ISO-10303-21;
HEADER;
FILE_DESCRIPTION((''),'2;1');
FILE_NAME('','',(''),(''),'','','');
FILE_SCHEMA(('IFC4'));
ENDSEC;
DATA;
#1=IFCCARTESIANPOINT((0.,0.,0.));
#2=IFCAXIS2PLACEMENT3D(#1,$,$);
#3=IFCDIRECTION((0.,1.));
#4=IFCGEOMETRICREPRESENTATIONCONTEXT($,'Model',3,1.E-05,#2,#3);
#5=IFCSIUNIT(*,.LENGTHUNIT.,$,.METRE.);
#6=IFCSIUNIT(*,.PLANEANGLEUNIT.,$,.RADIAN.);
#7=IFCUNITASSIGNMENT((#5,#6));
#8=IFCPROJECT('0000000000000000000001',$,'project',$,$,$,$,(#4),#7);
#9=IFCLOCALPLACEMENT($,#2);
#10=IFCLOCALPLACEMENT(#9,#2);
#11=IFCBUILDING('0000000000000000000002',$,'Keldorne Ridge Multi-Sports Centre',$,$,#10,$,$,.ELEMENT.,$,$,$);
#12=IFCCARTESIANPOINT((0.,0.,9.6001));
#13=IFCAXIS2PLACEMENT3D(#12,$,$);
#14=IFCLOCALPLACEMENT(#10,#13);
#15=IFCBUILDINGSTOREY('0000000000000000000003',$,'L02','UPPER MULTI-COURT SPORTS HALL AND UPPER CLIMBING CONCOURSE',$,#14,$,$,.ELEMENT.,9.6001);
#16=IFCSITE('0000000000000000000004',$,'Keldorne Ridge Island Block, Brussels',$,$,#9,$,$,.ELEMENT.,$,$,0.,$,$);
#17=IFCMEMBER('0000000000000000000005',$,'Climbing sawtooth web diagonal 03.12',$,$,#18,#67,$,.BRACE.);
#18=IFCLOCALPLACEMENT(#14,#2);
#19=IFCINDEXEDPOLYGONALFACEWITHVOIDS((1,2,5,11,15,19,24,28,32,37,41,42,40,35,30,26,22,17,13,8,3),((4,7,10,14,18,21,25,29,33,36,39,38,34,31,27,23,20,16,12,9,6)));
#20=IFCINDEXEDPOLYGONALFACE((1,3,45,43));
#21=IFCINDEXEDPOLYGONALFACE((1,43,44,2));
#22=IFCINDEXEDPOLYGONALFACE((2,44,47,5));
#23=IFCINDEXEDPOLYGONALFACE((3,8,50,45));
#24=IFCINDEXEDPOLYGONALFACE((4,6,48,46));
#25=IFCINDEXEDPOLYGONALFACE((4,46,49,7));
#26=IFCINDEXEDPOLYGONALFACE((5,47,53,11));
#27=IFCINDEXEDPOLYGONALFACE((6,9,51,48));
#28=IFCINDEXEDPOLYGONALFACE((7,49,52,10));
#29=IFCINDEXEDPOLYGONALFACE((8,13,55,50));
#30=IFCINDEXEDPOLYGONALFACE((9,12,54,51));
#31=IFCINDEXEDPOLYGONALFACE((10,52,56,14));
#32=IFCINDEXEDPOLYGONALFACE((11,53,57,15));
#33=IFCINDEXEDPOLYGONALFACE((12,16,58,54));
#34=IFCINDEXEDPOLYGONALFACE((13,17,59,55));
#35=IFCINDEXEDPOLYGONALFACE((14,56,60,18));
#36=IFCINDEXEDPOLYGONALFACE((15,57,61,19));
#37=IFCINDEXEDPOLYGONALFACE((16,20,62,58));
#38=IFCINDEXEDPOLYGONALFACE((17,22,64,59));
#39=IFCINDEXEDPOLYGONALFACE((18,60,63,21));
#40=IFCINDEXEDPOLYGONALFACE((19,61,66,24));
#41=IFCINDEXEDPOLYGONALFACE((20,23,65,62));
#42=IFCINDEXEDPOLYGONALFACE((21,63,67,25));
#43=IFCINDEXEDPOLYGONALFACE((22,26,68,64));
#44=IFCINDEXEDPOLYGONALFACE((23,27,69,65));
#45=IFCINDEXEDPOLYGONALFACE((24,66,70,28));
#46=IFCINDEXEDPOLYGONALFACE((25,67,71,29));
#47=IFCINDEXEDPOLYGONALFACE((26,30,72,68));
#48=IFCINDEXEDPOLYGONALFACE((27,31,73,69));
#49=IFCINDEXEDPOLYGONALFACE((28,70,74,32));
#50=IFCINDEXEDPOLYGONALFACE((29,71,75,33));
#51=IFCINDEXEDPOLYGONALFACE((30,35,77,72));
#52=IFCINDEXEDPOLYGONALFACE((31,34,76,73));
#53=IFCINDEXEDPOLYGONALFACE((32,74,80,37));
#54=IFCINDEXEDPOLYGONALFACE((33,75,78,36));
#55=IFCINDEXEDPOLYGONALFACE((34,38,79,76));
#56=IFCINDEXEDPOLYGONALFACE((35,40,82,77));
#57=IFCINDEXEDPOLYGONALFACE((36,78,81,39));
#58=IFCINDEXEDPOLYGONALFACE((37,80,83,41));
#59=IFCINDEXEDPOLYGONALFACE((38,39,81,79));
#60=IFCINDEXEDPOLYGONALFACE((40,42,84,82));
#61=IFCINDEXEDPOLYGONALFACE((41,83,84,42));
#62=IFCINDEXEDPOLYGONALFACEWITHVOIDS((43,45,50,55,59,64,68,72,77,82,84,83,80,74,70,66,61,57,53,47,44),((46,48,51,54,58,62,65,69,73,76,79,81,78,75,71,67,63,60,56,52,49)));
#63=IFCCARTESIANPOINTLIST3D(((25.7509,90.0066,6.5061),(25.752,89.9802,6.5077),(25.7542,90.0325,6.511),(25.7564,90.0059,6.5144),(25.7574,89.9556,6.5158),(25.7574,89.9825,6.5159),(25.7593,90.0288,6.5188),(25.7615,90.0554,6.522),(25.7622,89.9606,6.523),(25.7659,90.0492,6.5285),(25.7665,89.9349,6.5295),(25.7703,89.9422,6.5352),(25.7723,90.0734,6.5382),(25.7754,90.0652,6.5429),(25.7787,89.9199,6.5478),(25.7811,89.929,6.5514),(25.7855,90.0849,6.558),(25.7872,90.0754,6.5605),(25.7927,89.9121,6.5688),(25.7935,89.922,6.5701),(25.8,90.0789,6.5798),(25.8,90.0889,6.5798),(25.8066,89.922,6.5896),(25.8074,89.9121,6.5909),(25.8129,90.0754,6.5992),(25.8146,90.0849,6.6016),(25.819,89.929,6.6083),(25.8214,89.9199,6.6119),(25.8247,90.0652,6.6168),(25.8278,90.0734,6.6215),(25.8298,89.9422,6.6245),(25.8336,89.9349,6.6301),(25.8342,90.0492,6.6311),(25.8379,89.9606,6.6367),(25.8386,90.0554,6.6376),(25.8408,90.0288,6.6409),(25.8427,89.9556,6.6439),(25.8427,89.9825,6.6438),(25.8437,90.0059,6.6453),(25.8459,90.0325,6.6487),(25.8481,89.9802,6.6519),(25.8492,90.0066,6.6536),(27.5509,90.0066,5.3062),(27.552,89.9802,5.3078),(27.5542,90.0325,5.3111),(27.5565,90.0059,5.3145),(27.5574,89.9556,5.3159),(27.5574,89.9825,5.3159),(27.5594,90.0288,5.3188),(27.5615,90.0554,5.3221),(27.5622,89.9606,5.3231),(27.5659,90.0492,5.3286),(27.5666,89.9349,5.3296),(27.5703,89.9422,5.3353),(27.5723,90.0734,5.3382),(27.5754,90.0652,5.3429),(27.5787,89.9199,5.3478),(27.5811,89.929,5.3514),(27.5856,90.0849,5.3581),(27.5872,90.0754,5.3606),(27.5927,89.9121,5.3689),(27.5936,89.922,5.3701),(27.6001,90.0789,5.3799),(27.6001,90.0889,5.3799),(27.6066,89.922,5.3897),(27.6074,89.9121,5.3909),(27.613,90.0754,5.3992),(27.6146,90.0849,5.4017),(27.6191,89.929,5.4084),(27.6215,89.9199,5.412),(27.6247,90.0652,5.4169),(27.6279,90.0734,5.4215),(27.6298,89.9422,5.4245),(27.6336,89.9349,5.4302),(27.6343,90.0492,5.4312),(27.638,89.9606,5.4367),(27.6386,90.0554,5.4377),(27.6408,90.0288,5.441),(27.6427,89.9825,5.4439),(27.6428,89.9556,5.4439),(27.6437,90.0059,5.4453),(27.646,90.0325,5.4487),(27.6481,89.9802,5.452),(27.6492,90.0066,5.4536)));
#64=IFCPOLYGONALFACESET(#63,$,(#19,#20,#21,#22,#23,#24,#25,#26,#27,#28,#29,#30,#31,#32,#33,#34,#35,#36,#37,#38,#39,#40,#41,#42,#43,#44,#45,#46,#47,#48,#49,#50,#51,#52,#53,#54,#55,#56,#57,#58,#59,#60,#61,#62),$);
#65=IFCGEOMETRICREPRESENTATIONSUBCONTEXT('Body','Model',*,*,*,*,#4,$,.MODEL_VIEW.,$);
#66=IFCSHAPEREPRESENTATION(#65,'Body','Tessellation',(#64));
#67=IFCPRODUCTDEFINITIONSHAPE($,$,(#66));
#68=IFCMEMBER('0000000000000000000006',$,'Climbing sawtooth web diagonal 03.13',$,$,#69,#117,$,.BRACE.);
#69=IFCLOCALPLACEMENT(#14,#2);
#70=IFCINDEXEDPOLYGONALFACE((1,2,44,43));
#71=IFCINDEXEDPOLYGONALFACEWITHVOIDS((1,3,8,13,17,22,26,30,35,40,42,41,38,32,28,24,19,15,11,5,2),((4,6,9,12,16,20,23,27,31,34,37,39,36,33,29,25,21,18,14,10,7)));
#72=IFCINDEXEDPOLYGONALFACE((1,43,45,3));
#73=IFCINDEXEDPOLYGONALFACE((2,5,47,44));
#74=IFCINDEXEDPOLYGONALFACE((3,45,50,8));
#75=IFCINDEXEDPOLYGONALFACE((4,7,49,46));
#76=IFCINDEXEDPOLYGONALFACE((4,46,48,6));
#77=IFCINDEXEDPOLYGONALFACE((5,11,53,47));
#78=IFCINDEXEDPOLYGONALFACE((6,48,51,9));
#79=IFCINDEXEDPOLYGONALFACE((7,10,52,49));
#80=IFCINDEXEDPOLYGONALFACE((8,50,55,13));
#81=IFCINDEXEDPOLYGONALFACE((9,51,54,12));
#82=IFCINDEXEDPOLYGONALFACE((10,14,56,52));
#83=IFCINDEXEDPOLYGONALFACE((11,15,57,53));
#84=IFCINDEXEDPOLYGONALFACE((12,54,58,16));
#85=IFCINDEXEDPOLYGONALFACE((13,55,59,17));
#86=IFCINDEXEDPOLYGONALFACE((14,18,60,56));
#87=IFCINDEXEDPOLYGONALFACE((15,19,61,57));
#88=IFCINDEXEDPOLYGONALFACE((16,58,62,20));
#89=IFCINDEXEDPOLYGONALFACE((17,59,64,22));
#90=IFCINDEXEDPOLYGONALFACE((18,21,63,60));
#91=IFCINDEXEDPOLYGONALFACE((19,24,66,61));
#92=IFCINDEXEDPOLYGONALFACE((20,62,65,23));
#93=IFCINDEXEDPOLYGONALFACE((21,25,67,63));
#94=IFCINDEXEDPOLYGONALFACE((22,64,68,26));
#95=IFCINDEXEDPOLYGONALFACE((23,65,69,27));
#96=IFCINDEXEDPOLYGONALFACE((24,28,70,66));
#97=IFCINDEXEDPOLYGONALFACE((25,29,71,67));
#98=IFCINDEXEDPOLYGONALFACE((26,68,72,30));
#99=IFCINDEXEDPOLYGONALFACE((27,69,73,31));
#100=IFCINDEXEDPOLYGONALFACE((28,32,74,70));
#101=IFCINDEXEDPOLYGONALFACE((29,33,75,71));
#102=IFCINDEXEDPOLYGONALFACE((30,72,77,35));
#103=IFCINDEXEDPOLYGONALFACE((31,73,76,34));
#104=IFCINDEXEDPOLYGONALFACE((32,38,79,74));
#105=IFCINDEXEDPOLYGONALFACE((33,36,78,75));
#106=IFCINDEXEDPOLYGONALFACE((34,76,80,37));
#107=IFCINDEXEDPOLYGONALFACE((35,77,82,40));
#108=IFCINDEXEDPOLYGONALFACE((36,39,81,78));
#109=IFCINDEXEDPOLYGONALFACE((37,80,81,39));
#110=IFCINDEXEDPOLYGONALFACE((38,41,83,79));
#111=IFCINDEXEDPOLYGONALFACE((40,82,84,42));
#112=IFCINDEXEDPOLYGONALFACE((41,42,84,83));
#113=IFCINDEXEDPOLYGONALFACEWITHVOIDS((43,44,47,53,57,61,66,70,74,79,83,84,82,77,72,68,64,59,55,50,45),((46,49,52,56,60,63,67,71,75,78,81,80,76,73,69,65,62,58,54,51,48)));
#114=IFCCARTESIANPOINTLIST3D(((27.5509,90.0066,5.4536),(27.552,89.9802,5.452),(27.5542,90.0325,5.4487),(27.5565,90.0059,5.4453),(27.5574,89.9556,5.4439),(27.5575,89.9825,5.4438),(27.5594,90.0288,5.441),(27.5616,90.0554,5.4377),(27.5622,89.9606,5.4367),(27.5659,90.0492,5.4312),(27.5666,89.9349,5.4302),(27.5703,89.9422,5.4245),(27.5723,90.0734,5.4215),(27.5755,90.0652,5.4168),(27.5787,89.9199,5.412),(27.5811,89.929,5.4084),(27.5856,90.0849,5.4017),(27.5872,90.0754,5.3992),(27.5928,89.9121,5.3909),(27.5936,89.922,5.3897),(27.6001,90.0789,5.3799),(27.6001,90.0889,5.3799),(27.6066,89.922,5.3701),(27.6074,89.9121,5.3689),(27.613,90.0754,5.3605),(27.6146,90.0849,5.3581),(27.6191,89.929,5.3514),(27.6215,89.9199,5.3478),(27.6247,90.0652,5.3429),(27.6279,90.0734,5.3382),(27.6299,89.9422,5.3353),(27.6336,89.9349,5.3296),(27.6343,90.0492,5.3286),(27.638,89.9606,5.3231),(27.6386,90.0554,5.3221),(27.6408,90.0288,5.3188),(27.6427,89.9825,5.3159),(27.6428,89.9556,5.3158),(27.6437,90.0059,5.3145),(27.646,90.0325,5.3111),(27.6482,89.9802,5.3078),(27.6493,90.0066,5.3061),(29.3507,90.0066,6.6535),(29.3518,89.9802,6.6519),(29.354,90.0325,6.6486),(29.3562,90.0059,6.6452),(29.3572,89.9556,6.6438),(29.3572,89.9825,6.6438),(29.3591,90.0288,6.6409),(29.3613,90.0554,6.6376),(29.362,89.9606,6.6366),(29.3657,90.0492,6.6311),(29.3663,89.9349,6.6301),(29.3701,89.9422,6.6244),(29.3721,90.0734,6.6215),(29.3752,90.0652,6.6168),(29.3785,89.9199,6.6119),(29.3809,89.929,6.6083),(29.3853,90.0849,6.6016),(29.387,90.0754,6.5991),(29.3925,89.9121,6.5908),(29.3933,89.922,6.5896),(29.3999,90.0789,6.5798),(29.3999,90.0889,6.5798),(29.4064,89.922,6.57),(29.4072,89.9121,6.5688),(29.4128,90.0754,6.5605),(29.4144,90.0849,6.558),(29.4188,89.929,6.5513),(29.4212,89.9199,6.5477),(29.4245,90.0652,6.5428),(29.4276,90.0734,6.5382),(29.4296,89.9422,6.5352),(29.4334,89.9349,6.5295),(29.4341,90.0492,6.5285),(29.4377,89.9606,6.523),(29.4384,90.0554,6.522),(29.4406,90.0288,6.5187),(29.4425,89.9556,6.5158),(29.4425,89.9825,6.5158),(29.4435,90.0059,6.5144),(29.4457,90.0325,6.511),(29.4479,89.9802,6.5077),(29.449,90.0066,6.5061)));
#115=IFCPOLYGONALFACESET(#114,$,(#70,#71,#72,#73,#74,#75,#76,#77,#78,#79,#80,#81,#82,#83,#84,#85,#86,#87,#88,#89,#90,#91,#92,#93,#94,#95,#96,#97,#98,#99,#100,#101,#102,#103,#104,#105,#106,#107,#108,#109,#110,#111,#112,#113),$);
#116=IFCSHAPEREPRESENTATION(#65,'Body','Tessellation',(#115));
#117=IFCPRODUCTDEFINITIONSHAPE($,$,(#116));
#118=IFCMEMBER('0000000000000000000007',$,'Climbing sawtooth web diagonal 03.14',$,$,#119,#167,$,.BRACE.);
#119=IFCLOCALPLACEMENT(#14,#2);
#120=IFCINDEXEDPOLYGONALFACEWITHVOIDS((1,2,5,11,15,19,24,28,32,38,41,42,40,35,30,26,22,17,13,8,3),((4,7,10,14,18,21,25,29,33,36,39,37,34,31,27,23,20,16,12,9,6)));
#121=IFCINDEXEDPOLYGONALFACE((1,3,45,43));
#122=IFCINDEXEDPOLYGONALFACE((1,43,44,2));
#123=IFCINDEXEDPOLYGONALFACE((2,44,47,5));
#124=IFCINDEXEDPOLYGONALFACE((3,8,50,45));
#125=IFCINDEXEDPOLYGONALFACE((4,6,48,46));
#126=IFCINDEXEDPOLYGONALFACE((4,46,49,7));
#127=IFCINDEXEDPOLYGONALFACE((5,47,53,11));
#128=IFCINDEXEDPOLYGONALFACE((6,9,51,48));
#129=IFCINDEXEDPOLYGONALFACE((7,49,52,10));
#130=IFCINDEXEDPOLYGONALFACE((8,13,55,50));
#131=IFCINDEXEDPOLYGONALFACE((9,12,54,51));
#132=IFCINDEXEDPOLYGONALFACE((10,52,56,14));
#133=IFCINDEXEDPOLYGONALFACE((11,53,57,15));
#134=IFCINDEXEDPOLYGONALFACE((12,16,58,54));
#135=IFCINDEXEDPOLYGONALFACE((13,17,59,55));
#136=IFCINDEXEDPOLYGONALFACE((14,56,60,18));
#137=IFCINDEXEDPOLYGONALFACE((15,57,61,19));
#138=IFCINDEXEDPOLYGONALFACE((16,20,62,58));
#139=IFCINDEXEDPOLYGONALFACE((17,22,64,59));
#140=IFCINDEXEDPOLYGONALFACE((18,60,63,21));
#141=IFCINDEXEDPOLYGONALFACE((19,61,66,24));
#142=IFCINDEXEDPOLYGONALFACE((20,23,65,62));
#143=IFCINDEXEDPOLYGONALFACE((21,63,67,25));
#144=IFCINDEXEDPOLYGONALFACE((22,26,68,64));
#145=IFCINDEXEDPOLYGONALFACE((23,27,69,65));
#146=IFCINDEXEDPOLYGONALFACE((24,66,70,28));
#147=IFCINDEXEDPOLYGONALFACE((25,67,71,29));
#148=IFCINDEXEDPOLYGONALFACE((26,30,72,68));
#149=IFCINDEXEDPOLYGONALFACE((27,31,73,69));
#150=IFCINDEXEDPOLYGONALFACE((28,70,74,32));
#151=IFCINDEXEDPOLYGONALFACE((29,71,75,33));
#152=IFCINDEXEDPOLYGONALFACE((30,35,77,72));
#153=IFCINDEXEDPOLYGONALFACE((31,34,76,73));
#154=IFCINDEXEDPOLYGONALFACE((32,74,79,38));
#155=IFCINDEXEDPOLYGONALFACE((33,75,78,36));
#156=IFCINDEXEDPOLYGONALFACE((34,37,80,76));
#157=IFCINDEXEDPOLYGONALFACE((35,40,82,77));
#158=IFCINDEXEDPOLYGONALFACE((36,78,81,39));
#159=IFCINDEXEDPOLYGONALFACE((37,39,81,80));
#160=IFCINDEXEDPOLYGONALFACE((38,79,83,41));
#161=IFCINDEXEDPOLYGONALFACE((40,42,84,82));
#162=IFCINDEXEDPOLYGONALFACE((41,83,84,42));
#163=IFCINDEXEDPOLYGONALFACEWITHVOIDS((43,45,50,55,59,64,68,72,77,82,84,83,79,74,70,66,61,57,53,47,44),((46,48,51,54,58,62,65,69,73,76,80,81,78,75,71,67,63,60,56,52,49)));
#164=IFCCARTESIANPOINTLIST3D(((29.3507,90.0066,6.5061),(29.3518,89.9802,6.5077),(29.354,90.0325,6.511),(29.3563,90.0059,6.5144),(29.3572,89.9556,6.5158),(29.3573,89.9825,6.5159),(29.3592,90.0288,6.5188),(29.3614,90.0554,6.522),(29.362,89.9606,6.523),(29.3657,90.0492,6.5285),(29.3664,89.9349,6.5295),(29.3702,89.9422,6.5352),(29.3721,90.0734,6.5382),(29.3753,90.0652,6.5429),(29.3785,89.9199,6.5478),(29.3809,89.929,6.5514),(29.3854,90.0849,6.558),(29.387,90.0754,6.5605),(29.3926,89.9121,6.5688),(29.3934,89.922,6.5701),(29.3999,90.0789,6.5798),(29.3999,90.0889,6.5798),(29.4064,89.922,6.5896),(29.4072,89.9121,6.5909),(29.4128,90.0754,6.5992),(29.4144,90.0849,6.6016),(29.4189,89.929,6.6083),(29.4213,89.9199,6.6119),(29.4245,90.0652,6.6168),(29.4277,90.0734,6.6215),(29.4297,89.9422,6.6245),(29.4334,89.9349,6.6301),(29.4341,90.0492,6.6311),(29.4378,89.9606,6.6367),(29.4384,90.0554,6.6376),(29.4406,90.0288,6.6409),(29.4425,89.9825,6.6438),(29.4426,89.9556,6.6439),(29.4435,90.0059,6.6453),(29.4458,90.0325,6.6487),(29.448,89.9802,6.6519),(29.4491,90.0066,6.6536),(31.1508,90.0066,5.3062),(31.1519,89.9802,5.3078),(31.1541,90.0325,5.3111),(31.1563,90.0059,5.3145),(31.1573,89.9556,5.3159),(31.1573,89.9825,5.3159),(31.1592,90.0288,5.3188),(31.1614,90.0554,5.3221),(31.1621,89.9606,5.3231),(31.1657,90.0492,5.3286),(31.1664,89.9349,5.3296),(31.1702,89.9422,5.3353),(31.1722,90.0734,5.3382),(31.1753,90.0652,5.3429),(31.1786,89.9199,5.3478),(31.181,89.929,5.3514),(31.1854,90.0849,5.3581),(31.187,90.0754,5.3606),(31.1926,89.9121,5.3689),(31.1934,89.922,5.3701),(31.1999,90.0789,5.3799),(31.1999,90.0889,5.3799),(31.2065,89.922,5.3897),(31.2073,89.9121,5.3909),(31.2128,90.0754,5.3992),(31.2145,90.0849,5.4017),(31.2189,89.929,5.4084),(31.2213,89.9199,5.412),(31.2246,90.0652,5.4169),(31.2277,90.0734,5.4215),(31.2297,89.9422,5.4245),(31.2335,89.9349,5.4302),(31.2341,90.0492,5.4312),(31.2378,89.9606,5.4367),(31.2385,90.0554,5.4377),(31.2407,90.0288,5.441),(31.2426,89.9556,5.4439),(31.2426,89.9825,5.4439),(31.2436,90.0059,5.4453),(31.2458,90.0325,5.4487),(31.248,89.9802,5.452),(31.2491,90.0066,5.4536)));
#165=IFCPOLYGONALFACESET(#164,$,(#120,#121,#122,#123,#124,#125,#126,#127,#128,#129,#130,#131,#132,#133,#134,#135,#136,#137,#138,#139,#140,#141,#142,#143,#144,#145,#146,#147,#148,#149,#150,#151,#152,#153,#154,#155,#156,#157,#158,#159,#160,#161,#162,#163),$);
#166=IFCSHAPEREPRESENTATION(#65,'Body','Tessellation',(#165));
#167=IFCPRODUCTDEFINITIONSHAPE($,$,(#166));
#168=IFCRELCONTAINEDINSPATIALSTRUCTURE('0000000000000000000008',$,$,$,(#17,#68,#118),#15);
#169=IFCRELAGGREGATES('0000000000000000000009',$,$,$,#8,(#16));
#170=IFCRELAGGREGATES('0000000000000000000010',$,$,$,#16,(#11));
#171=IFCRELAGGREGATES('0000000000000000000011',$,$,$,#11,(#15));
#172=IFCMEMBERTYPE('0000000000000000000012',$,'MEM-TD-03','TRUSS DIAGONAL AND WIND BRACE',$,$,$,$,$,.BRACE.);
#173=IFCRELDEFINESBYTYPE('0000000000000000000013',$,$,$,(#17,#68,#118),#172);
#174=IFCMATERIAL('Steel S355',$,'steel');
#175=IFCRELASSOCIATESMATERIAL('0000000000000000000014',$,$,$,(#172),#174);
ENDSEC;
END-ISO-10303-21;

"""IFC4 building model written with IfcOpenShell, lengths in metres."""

from ifc_helpers import new_model, si_unit, direction, frame, origin, origin_2d, place, context, subcontext, project, spatial, hollow_circle, extrude, material, material_profile, profile_set, type_object, element, save


model = new_model("IFC4")

# Units and contexts
model_context = context("Model", 3, precision=1e-05, world=origin(), true_north=direction((0.0, 1.0)))
body_context = subcontext(model_context, "Body", "Model", "MODEL_VIEW")
ifc_project = project(units=[si_unit("LENGTHUNIT", "METRE"), si_unit("PLANEANGLEUNIT", "RADIAN")], contexts=[model_context])

# Site, building, storey
site_placement = place(None, origin())
site = spatial("IfcSite", under=ifc_project, at=site_placement, Name="Keldorne Ridge Island Block, Brussels", CompositionType="ELEMENT", RefElevation=0.0)
building_placement = place(site_placement, origin())
building = spatial("IfcBuilding", under=site, at=building_placement, Name="Keldorne Ridge Multi-Sports Centre", CompositionType="ELEMENT")
storey_placement = place(building_placement, frame((0.0, 0.0, 9.6001)))
storey = spatial("IfcBuildingStorey", under=building, at=storey_placement, Name="L02", Description="UPPER MULTI-COURT SPORTS HALL AND UPPER CLIMBING CONCOURSE", CompositionType="ELEMENT", Elevation=9.6001)

# Shared definitions
ifc_material = material(Name="Steel S355", Category="steel")

# Members
ifc_material_profile_1 = material_profile(ifc_material, hollow_circle(Radius=0.0889, WallThickness=0.01, at=origin_2d()), Name="CHS 177.8x10")
ifc_profile_set_1 = profile_set([ifc_material_profile_1], Name="Steel S355")
member_type_1 = type_object("IfcMemberType", Name="MEM-TD-03", Description="TRUSS DIAGONAL AND WIND BRACE", PredefinedType="BRACE", material=ifc_profile_set_1)
for number, where, z_axis, x_axis, name in (
    (1, (25.8, 90.0, 6.5798), (0.832068, 0.0, -0.554674), (0.0, 1.0, 0.0), "Climbing sawtooth web diagonal 03.12"),
):
    element("IfcMember", number, at=place(storey_placement, frame(where, z_axis=z_axis, x_axis=x_axis)), inside=storey, type_object=member_type_1, Name=name, PredefinedType="BRACE", context=body_context, shape_type="SweptSolid", body=[
        extrude(hollow_circle(Radius=0.0889, WallThickness=0.01, at=origin_2d()), origin(), (0.0, 0.0, 1.0), 2.1633),
    ])
member_1_placement = place(storey_placement, frame((27.6001, 90.0, 5.3799), z_axis=(0.832033, 0.0, 0.554726), x_axis=(0.0, 1.0, 0.0)))
element("IfcMember", 2, at=member_1_placement, inside=storey, type_object=member_type_1, Name="Climbing sawtooth web diagonal 03.13", PredefinedType="BRACE", context=body_context, shape_type="SweptSolid", body=[
    extrude(hollow_circle(Radius=0.0889, WallThickness=0.01, at=origin_2d()), origin(), (0.0, 0.0, 1.0), 2.1631),
])
for number, where, z_axis, x_axis, name in (
    (3, (29.3999, 90.0, 6.5798), (0.832068, 0.0, -0.554674), (0.0, 1.0, 0.0), "Climbing sawtooth web diagonal 03.14"),
):
    element("IfcMember", number, at=place(storey_placement, frame(where, z_axis=z_axis, x_axis=x_axis)), inside=storey, type_object=member_type_1, Name=name, PredefinedType="BRACE", context=body_context, shape_type="SweptSolid", body=[
        extrude(hollow_circle(Radius=0.0889, WallThickness=0.01, at=origin_2d()), origin(), (0.0, 0.0, 1.0), 2.1633),
    ])

save(model, "model.ifc")
